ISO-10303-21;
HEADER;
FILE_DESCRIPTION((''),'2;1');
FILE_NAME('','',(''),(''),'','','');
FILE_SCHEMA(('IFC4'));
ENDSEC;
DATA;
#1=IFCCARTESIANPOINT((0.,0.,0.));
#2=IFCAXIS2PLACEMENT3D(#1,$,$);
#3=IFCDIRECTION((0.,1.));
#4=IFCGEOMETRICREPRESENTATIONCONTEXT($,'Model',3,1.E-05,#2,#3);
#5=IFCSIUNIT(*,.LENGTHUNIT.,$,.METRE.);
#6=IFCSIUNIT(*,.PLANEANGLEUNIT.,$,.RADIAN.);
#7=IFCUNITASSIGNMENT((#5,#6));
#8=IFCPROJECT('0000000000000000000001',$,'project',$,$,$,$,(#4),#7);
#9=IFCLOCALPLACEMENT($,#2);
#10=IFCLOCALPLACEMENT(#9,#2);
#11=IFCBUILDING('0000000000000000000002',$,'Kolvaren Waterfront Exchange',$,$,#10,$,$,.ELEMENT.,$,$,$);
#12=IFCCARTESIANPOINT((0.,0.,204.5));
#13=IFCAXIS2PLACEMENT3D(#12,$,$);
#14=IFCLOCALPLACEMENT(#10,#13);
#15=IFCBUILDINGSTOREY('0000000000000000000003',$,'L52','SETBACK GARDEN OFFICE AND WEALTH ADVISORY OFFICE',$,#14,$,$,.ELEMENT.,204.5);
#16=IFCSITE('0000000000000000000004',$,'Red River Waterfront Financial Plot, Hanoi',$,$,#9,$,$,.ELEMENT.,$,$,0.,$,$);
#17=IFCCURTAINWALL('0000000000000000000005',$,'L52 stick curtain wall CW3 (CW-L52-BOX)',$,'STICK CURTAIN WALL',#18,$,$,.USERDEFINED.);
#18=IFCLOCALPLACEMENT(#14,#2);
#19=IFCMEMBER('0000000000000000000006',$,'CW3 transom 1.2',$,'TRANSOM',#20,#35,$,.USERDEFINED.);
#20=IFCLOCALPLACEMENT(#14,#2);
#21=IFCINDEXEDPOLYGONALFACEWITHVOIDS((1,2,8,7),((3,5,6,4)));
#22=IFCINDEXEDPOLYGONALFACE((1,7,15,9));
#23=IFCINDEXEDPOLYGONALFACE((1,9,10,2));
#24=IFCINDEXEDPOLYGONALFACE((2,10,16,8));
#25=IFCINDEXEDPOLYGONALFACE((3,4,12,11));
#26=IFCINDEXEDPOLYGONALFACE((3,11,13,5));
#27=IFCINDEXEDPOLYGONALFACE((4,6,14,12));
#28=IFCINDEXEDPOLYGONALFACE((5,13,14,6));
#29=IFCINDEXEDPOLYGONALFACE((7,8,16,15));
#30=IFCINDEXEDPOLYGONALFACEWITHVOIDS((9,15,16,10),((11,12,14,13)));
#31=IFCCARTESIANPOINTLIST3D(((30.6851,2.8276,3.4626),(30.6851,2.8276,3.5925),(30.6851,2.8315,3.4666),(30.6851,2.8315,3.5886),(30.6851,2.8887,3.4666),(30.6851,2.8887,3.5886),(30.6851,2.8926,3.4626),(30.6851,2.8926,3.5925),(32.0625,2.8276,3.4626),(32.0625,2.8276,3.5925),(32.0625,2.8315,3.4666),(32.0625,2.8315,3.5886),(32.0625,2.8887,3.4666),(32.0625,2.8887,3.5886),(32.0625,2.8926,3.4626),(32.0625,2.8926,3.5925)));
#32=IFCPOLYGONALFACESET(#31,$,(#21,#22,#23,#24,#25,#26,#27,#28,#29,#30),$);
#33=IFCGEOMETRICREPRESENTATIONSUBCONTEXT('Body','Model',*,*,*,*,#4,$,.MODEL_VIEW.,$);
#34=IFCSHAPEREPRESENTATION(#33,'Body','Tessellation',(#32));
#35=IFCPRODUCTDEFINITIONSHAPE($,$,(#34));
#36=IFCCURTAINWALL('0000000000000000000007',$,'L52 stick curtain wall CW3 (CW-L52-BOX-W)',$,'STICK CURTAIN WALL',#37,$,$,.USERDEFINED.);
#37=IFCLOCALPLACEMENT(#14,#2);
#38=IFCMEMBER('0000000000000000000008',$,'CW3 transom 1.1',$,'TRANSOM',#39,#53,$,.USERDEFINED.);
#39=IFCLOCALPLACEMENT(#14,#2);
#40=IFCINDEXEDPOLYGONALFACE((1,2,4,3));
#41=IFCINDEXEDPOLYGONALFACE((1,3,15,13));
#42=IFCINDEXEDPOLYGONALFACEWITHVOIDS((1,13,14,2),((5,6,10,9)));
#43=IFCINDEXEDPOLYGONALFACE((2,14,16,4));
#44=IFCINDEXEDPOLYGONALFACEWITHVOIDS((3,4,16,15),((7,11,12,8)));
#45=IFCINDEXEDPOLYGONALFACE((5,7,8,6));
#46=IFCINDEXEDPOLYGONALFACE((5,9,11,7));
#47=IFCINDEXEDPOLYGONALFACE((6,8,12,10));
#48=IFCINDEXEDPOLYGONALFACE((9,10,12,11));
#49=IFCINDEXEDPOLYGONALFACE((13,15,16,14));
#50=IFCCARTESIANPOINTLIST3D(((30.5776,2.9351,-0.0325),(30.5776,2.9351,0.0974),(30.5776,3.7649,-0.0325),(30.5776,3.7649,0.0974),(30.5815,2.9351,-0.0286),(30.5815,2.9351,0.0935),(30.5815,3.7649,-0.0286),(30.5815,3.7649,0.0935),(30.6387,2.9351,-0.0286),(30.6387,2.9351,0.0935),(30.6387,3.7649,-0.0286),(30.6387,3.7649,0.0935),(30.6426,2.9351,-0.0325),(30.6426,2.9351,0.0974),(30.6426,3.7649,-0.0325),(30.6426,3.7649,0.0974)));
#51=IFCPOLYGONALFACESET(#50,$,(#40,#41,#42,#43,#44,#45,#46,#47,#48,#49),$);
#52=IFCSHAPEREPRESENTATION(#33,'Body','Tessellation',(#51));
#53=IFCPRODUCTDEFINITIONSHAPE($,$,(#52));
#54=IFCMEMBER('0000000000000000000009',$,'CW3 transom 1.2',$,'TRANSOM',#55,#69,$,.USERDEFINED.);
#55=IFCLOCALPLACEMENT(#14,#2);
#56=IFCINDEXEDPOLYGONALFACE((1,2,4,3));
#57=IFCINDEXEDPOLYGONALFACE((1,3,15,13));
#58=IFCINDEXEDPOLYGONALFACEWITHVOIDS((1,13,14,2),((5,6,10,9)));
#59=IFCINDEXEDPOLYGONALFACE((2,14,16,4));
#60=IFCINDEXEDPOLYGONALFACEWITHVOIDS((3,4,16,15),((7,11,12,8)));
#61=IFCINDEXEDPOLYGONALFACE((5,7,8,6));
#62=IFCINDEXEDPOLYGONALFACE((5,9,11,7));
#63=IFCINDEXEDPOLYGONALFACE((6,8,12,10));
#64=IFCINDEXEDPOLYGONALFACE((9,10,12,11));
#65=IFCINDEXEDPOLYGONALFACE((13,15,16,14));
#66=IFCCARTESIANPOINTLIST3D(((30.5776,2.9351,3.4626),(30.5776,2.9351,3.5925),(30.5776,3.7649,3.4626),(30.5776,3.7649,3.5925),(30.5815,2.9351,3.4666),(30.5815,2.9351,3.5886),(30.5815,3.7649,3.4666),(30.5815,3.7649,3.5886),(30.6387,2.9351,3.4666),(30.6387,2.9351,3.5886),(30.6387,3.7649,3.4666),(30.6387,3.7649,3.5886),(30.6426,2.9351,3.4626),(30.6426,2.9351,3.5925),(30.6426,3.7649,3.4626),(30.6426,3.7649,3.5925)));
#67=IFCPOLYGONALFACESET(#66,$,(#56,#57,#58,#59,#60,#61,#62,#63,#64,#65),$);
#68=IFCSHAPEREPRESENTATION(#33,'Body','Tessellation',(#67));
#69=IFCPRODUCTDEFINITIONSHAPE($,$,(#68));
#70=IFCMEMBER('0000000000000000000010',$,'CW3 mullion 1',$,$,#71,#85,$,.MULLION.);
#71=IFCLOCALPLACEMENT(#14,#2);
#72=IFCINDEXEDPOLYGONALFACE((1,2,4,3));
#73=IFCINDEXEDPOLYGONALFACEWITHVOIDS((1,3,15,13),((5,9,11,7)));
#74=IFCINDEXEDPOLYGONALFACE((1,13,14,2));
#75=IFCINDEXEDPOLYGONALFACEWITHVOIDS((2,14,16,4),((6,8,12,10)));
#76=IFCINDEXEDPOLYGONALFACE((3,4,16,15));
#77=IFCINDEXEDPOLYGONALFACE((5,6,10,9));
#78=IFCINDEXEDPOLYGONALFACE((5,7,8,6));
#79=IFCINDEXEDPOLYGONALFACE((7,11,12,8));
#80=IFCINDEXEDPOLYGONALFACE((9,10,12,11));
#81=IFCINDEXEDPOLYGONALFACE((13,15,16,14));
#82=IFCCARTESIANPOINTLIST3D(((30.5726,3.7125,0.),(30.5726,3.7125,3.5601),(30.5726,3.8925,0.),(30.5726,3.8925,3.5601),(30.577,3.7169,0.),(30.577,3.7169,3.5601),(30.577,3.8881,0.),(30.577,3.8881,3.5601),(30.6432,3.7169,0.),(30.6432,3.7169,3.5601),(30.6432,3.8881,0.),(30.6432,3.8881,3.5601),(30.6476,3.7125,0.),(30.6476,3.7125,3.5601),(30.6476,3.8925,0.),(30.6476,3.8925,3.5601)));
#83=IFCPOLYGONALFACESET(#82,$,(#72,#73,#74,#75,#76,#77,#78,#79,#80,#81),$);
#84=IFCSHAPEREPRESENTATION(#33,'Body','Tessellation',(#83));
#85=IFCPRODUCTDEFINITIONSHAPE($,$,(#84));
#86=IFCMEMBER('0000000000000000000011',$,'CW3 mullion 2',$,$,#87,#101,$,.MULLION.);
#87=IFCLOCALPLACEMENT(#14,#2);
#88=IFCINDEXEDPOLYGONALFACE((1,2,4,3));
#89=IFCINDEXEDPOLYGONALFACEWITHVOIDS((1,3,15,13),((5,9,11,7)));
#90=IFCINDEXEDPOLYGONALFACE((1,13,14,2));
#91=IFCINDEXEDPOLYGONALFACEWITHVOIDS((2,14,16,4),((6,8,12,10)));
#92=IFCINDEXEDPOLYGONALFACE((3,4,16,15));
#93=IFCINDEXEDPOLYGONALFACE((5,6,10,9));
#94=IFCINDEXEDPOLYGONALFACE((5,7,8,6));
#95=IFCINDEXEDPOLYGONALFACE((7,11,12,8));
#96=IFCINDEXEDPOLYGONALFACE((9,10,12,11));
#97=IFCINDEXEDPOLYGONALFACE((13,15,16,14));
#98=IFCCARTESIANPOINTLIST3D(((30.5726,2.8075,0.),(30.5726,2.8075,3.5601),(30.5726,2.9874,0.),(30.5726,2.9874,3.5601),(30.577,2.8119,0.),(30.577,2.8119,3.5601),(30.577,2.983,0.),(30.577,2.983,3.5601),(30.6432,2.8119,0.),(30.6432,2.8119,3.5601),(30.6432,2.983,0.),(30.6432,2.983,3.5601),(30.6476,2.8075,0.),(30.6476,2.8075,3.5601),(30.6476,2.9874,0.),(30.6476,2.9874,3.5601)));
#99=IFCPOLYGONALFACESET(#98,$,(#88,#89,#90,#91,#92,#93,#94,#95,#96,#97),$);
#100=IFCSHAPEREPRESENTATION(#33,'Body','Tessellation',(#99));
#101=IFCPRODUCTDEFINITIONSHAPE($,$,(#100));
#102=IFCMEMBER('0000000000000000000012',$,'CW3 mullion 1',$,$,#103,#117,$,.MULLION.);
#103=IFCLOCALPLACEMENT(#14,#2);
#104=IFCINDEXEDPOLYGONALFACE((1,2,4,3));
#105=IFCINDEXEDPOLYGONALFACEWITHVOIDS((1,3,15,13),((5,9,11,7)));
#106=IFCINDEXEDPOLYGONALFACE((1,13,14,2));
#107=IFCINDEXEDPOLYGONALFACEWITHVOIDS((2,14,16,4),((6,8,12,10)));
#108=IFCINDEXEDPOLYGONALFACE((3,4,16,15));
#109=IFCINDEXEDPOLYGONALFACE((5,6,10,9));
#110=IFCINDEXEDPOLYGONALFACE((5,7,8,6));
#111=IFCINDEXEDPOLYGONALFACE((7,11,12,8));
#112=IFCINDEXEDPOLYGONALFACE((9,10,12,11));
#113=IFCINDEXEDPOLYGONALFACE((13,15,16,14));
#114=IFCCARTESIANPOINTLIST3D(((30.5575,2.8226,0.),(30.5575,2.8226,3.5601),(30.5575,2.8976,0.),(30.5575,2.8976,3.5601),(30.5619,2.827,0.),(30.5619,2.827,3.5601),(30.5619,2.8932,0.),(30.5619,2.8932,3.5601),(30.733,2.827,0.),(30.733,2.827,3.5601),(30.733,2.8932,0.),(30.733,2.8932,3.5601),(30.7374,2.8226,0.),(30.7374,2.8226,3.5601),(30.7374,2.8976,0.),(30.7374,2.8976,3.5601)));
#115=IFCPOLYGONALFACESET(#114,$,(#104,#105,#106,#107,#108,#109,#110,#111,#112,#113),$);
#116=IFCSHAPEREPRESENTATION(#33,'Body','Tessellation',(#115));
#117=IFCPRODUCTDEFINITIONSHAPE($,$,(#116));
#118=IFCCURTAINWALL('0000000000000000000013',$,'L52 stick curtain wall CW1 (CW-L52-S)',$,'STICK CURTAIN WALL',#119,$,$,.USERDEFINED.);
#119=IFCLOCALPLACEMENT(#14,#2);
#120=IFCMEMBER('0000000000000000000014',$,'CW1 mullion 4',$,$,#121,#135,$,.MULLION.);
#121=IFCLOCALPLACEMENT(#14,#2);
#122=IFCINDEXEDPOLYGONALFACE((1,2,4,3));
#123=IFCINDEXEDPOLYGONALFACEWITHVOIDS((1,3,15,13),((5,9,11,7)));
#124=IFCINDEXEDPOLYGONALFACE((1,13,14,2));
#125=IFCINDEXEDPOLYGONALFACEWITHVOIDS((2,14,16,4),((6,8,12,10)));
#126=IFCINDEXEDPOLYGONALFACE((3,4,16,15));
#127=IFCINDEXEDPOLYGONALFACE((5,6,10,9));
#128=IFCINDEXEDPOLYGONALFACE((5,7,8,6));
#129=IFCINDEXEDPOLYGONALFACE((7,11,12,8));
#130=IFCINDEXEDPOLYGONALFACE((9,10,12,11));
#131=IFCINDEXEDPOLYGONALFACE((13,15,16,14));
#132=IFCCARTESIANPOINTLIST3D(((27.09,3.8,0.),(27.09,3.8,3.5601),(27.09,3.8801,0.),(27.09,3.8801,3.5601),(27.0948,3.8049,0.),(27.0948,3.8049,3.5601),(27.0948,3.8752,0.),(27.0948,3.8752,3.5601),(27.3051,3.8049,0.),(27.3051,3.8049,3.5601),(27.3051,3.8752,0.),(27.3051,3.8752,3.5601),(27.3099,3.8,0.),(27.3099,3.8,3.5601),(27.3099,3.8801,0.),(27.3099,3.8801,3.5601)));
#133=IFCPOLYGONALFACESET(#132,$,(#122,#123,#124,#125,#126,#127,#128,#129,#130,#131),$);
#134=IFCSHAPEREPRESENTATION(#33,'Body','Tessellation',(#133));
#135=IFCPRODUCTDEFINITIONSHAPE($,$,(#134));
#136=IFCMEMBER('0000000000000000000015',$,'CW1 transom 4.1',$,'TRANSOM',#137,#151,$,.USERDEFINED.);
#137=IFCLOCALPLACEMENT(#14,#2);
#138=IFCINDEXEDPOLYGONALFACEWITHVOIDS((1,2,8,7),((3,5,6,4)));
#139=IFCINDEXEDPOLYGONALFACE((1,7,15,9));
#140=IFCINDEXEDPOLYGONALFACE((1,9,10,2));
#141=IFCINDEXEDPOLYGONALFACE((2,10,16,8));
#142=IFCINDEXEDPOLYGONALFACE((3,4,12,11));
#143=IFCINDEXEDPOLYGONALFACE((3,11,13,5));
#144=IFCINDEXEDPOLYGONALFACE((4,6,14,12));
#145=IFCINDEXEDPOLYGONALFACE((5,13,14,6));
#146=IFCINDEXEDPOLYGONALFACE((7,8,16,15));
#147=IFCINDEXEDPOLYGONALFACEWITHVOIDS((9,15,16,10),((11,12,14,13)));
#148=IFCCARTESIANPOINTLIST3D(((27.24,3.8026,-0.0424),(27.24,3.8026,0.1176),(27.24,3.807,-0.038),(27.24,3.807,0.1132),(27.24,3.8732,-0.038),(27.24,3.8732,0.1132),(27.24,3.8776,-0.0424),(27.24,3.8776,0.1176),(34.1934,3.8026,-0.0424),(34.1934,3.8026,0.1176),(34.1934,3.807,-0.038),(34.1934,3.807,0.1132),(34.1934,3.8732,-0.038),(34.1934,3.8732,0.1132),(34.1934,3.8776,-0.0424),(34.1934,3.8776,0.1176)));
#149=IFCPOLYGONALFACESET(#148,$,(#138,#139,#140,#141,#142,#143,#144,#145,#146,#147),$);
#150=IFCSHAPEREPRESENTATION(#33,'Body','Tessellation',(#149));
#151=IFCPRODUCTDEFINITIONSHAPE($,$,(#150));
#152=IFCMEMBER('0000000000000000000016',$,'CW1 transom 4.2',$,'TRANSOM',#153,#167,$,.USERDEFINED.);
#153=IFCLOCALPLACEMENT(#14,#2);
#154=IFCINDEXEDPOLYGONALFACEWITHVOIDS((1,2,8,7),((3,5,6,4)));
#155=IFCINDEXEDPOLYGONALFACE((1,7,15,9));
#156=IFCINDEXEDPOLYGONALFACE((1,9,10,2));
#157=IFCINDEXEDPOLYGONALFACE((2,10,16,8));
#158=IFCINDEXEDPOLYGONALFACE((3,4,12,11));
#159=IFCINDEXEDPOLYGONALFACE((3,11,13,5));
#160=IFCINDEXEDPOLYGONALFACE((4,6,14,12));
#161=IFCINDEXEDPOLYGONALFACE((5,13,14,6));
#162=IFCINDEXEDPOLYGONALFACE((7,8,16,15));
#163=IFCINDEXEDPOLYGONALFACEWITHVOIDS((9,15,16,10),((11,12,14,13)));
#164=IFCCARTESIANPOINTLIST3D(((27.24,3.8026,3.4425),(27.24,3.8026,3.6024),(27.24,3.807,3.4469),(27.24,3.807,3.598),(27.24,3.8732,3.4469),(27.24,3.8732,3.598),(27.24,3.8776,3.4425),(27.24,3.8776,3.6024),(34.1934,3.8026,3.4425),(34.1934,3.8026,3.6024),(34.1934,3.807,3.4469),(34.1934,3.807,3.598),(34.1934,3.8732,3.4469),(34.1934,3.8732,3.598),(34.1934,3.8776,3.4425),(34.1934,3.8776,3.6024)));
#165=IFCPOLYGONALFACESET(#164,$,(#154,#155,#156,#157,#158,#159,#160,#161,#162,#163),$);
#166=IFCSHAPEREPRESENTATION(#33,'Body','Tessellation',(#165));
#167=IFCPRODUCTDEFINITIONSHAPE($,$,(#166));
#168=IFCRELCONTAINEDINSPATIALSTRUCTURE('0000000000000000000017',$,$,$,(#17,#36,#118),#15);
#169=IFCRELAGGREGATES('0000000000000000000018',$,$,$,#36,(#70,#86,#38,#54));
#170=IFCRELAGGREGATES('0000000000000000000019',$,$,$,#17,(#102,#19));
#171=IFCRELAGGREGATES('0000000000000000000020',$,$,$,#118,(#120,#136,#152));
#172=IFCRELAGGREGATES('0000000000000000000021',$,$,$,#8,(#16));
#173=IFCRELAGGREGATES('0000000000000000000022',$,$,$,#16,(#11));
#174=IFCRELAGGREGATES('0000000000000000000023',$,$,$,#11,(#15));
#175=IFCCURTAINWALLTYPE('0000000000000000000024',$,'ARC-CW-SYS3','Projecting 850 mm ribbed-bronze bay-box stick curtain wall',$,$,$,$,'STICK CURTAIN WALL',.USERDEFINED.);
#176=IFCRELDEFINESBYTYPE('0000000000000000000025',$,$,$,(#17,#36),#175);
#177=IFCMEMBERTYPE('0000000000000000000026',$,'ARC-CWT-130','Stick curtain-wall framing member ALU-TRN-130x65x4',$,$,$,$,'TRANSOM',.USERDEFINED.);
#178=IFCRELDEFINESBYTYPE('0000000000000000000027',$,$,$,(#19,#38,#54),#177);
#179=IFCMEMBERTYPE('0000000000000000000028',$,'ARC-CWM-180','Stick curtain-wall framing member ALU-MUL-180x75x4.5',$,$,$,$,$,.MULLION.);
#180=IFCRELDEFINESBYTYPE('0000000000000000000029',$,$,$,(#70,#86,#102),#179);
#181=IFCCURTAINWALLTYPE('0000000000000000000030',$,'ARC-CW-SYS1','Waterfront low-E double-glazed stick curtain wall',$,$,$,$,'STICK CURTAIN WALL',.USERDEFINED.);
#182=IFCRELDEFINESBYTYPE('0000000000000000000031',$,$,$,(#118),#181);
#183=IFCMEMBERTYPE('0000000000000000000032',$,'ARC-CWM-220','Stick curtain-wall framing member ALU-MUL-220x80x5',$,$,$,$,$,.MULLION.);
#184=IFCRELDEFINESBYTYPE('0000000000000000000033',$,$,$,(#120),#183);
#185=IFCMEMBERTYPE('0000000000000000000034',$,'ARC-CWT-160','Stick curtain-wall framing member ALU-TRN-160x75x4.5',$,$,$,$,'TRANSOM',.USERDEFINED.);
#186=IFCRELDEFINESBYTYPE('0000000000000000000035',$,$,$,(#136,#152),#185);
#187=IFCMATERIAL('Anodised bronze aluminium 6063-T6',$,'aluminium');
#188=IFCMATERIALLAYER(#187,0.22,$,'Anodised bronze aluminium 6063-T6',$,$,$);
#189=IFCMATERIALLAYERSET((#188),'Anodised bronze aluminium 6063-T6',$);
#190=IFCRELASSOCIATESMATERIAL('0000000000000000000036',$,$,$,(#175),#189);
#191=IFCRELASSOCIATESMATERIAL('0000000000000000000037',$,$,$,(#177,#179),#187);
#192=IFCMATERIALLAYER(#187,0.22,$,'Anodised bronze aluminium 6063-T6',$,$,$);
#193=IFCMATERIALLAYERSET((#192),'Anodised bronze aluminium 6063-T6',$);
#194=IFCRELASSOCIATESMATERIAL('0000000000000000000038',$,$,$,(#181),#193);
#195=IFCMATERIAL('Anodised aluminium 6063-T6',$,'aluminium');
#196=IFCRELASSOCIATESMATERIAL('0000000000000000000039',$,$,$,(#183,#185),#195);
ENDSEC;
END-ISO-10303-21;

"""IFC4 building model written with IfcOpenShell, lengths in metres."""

from ifc_helpers import new_model, si_unit, direction, frame, origin, origin_with_axes, origin_2d, place, context, subcontext, project, spatial, hollow_rectangle, extrude, source, transform, mapped, material, layer, layer_set, material_profile, profile_set, type_object, element, aggregate, save


model = new_model("IFC4")

# Units and contexts
model_context = context("Model", 3, precision=1e-05, world=origin(), true_north=direction((0.0, 1.0)))
body_context = subcontext(model_context, "Body", "Model", "MODEL_VIEW")
ifc_project = project(units=[si_unit("LENGTHUNIT", "METRE"), si_unit("PLANEANGLEUNIT", "RADIAN")], contexts=[model_context])

# Site, building, storey
site_placement = place(None, origin())
site = spatial("IfcSite", under=ifc_project, at=site_placement, Name="Red River Waterfront Financial Plot, Hanoi", CompositionType="ELEMENT", RefElevation=0.0)
building_placement = place(site_placement, origin())
building = spatial("IfcBuilding", under=site, at=building_placement, Name="Kolvaren Waterfront Exchange", CompositionType="ELEMENT")
storey_placement = place(building_placement, frame((0.0, 0.0, 204.5)))
storey = spatial("IfcBuildingStorey", under=building, at=storey_placement, Name="L52", Description="SETBACK GARDEN OFFICE AND WEALTH ADVISORY OFFICE", CompositionType="ELEMENT", Elevation=204.5)

# Curtain walls, members
ifc_material_1 = material(Name="Anodised bronze aluminium 6063-T6", Category="aluminium")
ifc_layer_1 = layer(ifc_material_1, 0.22, Name="Anodised bronze aluminium 6063-T6")
ifc_layer_set_1 = layer_set([ifc_layer_1], Name="Anodised bronze aluminium 6063-T6")
curtain_wall_type_1 = type_object("IfcCurtainWallType", Name="ARC-CW-SYS3", Description="Projecting 850 mm ribbed-bronze bay-box stick curtain wall", ElementType="STICK CURTAIN WALL", PredefinedType="USERDEFINED", material=ifc_layer_set_1)
curtain_wall_1_placement = place(storey_placement, origin())
curtain_wall_1 = element("IfcCurtainWall", 1, at=curtain_wall_1_placement, inside=storey, type_object=curtain_wall_type_1, Name="L52 stick curtain wall CW3 (CW-L52-BOX)", ObjectType="STICK CURTAIN WALL", PredefinedType="USERDEFINED")
ifc_material_profile_1 = material_profile(ifc_material_1, hollow_rectangle(XDim=0.0649, YDim=0.1299, WallThickness=0.0039, at=origin_2d()), Name="ALU-TRN-130x65x4")
ifc_profile_set_1 = profile_set([ifc_material_profile_1], Name="Anodised bronze aluminium 6063-T6")
member_type_1 = type_object("IfcMemberType", Name="ARC-CWT-130", Description="Stick curtain-wall framing member ALU-TRN-130x65x4", ElementType="TRANSOM", PredefinedType="USERDEFINED", material=ifc_profile_set_1)
shared_shape_1 = source(origin_with_axes(), body_context, "Body", "SweptSolid", [
    extrude(hollow_rectangle(XDim=0.0649, YDim=0.1299, WallThickness=0.0039, at=origin_2d()), origin(), (0.0, 0.0, 1.0), 1.3774),
])
member_1_placement = place(storey_placement, frame((30.6851, 2.8601, 3.5276), z_axis=(1.0, 0.0, 0.0), x_axis=(0.0, 1.0, 0.0)))
member_1 = element("IfcMember", 2, at=member_1_placement, type_object=member_type_1, Name="CW3 transom 1.2", ObjectType="TRANSOM", PredefinedType="USERDEFINED", context=body_context, shape_type="MappedRepresentation", body=[
    mapped(shared_shape_1, transform((0.0, 0.0, 0.0), x_axis=(1.0, 0.0, 0.0), y_axis=(0.0, 1.0, 0.0), z_axis=(0.0, 0.0, 1.0), scale=1.0)),
])
curtain_wall_2_placement = place(storey_placement, origin())
curtain_wall_2 = element("IfcCurtainWall", 3, at=curtain_wall_2_placement, inside=storey, type_object=curtain_wall_type_1, Name="L52 stick curtain wall CW3 (CW-L52-BOX-W)", ObjectType="STICK CURTAIN WALL", PredefinedType="USERDEFINED")
shared_shape_2 = source(origin_with_axes(), body_context, "Body", "SweptSolid", [
    extrude(hollow_rectangle(XDim=0.0649, YDim=0.1299, WallThickness=0.0039, at=origin_2d()), origin(), (0.0, 0.0, 1.0), 0.8298),
])
member_2_placement = place(storey_placement, frame((30.6101, 3.7649, 0.0325), z_axis=(0.0, -1.0, 0.0), x_axis=(1.0, 0.0, 0.0)))
member_2 = element("IfcMember", 4, at=member_2_placement, type_object=member_type_1, Name="CW3 transom 1.1", ObjectType="TRANSOM", PredefinedType="USERDEFINED", context=body_context, shape_type="MappedRepresentation", body=[
    mapped(shared_shape_2, transform((0.0, 0.0, 0.0), x_axis=(1.0, 0.0, 0.0), y_axis=(0.0, 1.0, 0.0), z_axis=(0.0, 0.0, 1.0), scale=1.0)),
])
member_3_placement = place(storey_placement, frame((30.6101, 3.7649, 3.5276), z_axis=(0.0, -1.0, 0.0), x_axis=(1.0, 0.0, 0.0)))
member_3 = element("IfcMember", 5, at=member_3_placement, type_object=member_type_1, Name="CW3 transom 1.2", ObjectType="TRANSOM", PredefinedType="USERDEFINED", context=body_context, shape_type="MappedRepresentation", body=[
    mapped(shared_shape_2, transform((0.0, 0.0, 0.0), x_axis=(1.0, 0.0, 0.0), y_axis=(0.0, 1.0, 0.0), z_axis=(0.0, 0.0, 1.0), scale=1.0)),
])
ifc_material_profile_2 = material_profile(ifc_material_1, hollow_rectangle(XDim=0.075, YDim=0.1799, WallThickness=0.0044, at=origin_2d()), Name="ALU-MUL-180x75x4.5")
ifc_profile_set_2 = profile_set([ifc_material_profile_2], Name="Anodised bronze aluminium 6063-T6")
member_type_2 = type_object("IfcMemberType", Name="ARC-CWM-180", Description="Stick curtain-wall framing member ALU-MUL-180x75x4.5", PredefinedType="MULLION", material=ifc_profile_set_2)
shared_shape_3 = source(origin_with_axes(), body_context, "Body", "SweptSolid", [
    extrude(hollow_rectangle(XDim=0.075, YDim=0.1799, WallThickness=0.0044, at=origin_2d()), origin(), (0.0, 0.0, 1.0), 3.5601),
])
member_4_placement = place(storey_placement, frame((30.6101, 3.8025, 0.0), z_axis=(0.0, 0.0, 1.0), x_axis=(1.0, 0.0, 0.0)))
member_4 = element("IfcMember", 6, at=member_4_placement, type_object=member_type_2, Name="CW3 mullion 1", PredefinedType="MULLION", context=body_context, shape_type="MappedRepresentation", body=[
    mapped(shared_shape_3, transform((0.0, 0.0, 0.0), x_axis=(1.0, 0.0, 0.0), y_axis=(0.0, 1.0, 0.0), z_axis=(0.0, 0.0, 1.0), scale=1.0)),
])
member_5_placement = place(storey_placement, frame((30.6101, 2.8975, 0.0), z_axis=(0.0, 0.0, 1.0), x_axis=(1.0, 0.0, 0.0)))
member_5 = element("IfcMember", 7, at=member_5_placement, type_object=member_type_2, Name="CW3 mullion 2", PredefinedType="MULLION", context=body_context, shape_type="MappedRepresentation", body=[
    mapped(shared_shape_3, transform((0.0, 0.0, 0.0), x_axis=(1.0, 0.0, 0.0), y_axis=(0.0, 1.0, 0.0), z_axis=(0.0, 0.0, 1.0), scale=1.0)),
])

# Member
member_6_placement = place(storey_placement, frame((30.6475, 2.8601, 0.0), z_axis=(0.0, 0.0, 1.0), x_axis=(0.0, 1.0, 0.0)))
member_6 = element("IfcMember", 8, at=member_6_placement, type_object=member_type_2, Name="CW3 mullion 1", PredefinedType="MULLION", context=body_context, shape_type="MappedRepresentation", body=[
    mapped(shared_shape_3, transform((0.0, 0.0, 0.0), x_axis=(1.0, 0.0, 0.0), y_axis=(0.0, 1.0, 0.0), z_axis=(0.0, 0.0, 1.0), scale=1.0)),
])

# Curtain wall, members
ifc_layer_2 = layer(ifc_material_1, 0.22, Name="Anodised bronze aluminium 6063-T6")
ifc_layer_set_2 = layer_set([ifc_layer_2], Name="Anodised bronze aluminium 6063-T6")
curtain_wall_type_2 = type_object("IfcCurtainWallType", Name="ARC-CW-SYS1", Description="Waterfront low-E double-glazed stick curtain wall", ElementType="STICK CURTAIN WALL", PredefinedType="USERDEFINED", material=ifc_layer_set_2)
curtain_wall_3_placement = place(storey_placement, origin())
curtain_wall_3 = element("IfcCurtainWall", 9, at=curtain_wall_3_placement, inside=storey, type_object=curtain_wall_type_2, Name="L52 stick curtain wall CW1 (CW-L52-S)", ObjectType="STICK CURTAIN WALL", PredefinedType="USERDEFINED")
ifc_material_2 = material(Name="Anodised aluminium 6063-T6", Category="aluminium")
ifc_material_profile_3 = material_profile(ifc_material_2, hollow_rectangle(XDim=0.0801, YDim=0.22, WallThickness=0.0049, at=origin_2d()), Name="ALU-MUL-220x80x5")
ifc_profile_set_3 = profile_set([ifc_material_profile_3], Name="Anodised aluminium 6063-T6")
member_type_3 = type_object("IfcMemberType", Name="ARC-CWM-220", Description="Stick curtain-wall framing member ALU-MUL-220x80x5", PredefinedType="MULLION", material=ifc_profile_set_3)
shared_shape_4 = source(origin_with_axes(), body_context, "Body", "SweptSolid", [
    extrude(hollow_rectangle(XDim=0.0801, YDim=0.22, WallThickness=0.0049, at=origin_2d()), origin(), (0.0, 0.0, 1.0), 3.5601),
])
member_7_placement = place(storey_placement, frame((27.2, 3.8401, 0.0), z_axis=(0.0, 0.0, 1.0), x_axis=(0.0, 1.0, 0.0)))
member_7 = element("IfcMember", 10, at=member_7_placement, type_object=member_type_3, Name="CW1 mullion 4", PredefinedType="MULLION", context=body_context, shape_type="MappedRepresentation", body=[
    mapped(shared_shape_4, transform((0.0, 0.0, 0.0), x_axis=(1.0, 0.0, 0.0), y_axis=(0.0, 1.0, 0.0), z_axis=(0.0, 0.0, 1.0), scale=1.0)),
])
ifc_material_profile_4 = material_profile(ifc_material_2, hollow_rectangle(XDim=0.075, YDim=0.1599, WallThickness=0.0044, at=origin_2d()), Name="ALU-TRN-160x75x4.5")
ifc_profile_set_4 = profile_set([ifc_material_profile_4], Name="Anodised aluminium 6063-T6")
member_type_4 = type_object("IfcMemberType", Name="ARC-CWT-160", Description="Stick curtain-wall framing member ALU-TRN-160x75x4.5", ElementType="TRANSOM", PredefinedType="USERDEFINED", material=ifc_profile_set_4)
shared_shape_5 = source(origin_with_axes(), body_context, "Body", "SweptSolid", [
    extrude(hollow_rectangle(XDim=0.075, YDim=0.1599, WallThickness=0.0044, at=origin_2d()), origin(), (0.0, 0.0, 1.0), 6.9534),
])
member_8_placement = place(storey_placement, frame((27.24, 3.8401, 0.0376), z_axis=(1.0, 0.0, 0.0), x_axis=(0.0, 1.0, 0.0)))
member_8 = element("IfcMember", 11, at=member_8_placement, type_object=member_type_4, Name="CW1 transom 4.1", ObjectType="TRANSOM", PredefinedType="USERDEFINED", context=body_context, shape_type="MappedRepresentation", body=[
    mapped(shared_shape_5, transform((0.0, 0.0, 0.0), x_axis=(1.0, 0.0, 0.0), y_axis=(0.0, 1.0, 0.0), z_axis=(0.0, 0.0, 1.0), scale=1.0)),
])
member_9_placement = place(storey_placement, frame((27.24, 3.8401, 3.5225), z_axis=(1.0, 0.0, 0.0), x_axis=(0.0, 1.0, 0.0)))
member_9 = element("IfcMember", 12, at=member_9_placement, type_object=member_type_4, Name="CW1 transom 4.2", ObjectType="TRANSOM", PredefinedType="USERDEFINED", context=body_context, shape_type="MappedRepresentation", body=[
    mapped(shared_shape_5, transform((0.0, 0.0, 0.0), x_axis=(1.0, 0.0, 0.0), y_axis=(0.0, 1.0, 0.0), z_axis=(0.0, 0.0, 1.0), scale=1.0)),
])

aggregate(curtain_wall_2, [member_4, member_5, member_2, member_3])
aggregate(curtain_wall_1, [member_6, member_1])
aggregate(curtain_wall_3, [member_7, member_8, member_9])

save(model, "model.ifc")
